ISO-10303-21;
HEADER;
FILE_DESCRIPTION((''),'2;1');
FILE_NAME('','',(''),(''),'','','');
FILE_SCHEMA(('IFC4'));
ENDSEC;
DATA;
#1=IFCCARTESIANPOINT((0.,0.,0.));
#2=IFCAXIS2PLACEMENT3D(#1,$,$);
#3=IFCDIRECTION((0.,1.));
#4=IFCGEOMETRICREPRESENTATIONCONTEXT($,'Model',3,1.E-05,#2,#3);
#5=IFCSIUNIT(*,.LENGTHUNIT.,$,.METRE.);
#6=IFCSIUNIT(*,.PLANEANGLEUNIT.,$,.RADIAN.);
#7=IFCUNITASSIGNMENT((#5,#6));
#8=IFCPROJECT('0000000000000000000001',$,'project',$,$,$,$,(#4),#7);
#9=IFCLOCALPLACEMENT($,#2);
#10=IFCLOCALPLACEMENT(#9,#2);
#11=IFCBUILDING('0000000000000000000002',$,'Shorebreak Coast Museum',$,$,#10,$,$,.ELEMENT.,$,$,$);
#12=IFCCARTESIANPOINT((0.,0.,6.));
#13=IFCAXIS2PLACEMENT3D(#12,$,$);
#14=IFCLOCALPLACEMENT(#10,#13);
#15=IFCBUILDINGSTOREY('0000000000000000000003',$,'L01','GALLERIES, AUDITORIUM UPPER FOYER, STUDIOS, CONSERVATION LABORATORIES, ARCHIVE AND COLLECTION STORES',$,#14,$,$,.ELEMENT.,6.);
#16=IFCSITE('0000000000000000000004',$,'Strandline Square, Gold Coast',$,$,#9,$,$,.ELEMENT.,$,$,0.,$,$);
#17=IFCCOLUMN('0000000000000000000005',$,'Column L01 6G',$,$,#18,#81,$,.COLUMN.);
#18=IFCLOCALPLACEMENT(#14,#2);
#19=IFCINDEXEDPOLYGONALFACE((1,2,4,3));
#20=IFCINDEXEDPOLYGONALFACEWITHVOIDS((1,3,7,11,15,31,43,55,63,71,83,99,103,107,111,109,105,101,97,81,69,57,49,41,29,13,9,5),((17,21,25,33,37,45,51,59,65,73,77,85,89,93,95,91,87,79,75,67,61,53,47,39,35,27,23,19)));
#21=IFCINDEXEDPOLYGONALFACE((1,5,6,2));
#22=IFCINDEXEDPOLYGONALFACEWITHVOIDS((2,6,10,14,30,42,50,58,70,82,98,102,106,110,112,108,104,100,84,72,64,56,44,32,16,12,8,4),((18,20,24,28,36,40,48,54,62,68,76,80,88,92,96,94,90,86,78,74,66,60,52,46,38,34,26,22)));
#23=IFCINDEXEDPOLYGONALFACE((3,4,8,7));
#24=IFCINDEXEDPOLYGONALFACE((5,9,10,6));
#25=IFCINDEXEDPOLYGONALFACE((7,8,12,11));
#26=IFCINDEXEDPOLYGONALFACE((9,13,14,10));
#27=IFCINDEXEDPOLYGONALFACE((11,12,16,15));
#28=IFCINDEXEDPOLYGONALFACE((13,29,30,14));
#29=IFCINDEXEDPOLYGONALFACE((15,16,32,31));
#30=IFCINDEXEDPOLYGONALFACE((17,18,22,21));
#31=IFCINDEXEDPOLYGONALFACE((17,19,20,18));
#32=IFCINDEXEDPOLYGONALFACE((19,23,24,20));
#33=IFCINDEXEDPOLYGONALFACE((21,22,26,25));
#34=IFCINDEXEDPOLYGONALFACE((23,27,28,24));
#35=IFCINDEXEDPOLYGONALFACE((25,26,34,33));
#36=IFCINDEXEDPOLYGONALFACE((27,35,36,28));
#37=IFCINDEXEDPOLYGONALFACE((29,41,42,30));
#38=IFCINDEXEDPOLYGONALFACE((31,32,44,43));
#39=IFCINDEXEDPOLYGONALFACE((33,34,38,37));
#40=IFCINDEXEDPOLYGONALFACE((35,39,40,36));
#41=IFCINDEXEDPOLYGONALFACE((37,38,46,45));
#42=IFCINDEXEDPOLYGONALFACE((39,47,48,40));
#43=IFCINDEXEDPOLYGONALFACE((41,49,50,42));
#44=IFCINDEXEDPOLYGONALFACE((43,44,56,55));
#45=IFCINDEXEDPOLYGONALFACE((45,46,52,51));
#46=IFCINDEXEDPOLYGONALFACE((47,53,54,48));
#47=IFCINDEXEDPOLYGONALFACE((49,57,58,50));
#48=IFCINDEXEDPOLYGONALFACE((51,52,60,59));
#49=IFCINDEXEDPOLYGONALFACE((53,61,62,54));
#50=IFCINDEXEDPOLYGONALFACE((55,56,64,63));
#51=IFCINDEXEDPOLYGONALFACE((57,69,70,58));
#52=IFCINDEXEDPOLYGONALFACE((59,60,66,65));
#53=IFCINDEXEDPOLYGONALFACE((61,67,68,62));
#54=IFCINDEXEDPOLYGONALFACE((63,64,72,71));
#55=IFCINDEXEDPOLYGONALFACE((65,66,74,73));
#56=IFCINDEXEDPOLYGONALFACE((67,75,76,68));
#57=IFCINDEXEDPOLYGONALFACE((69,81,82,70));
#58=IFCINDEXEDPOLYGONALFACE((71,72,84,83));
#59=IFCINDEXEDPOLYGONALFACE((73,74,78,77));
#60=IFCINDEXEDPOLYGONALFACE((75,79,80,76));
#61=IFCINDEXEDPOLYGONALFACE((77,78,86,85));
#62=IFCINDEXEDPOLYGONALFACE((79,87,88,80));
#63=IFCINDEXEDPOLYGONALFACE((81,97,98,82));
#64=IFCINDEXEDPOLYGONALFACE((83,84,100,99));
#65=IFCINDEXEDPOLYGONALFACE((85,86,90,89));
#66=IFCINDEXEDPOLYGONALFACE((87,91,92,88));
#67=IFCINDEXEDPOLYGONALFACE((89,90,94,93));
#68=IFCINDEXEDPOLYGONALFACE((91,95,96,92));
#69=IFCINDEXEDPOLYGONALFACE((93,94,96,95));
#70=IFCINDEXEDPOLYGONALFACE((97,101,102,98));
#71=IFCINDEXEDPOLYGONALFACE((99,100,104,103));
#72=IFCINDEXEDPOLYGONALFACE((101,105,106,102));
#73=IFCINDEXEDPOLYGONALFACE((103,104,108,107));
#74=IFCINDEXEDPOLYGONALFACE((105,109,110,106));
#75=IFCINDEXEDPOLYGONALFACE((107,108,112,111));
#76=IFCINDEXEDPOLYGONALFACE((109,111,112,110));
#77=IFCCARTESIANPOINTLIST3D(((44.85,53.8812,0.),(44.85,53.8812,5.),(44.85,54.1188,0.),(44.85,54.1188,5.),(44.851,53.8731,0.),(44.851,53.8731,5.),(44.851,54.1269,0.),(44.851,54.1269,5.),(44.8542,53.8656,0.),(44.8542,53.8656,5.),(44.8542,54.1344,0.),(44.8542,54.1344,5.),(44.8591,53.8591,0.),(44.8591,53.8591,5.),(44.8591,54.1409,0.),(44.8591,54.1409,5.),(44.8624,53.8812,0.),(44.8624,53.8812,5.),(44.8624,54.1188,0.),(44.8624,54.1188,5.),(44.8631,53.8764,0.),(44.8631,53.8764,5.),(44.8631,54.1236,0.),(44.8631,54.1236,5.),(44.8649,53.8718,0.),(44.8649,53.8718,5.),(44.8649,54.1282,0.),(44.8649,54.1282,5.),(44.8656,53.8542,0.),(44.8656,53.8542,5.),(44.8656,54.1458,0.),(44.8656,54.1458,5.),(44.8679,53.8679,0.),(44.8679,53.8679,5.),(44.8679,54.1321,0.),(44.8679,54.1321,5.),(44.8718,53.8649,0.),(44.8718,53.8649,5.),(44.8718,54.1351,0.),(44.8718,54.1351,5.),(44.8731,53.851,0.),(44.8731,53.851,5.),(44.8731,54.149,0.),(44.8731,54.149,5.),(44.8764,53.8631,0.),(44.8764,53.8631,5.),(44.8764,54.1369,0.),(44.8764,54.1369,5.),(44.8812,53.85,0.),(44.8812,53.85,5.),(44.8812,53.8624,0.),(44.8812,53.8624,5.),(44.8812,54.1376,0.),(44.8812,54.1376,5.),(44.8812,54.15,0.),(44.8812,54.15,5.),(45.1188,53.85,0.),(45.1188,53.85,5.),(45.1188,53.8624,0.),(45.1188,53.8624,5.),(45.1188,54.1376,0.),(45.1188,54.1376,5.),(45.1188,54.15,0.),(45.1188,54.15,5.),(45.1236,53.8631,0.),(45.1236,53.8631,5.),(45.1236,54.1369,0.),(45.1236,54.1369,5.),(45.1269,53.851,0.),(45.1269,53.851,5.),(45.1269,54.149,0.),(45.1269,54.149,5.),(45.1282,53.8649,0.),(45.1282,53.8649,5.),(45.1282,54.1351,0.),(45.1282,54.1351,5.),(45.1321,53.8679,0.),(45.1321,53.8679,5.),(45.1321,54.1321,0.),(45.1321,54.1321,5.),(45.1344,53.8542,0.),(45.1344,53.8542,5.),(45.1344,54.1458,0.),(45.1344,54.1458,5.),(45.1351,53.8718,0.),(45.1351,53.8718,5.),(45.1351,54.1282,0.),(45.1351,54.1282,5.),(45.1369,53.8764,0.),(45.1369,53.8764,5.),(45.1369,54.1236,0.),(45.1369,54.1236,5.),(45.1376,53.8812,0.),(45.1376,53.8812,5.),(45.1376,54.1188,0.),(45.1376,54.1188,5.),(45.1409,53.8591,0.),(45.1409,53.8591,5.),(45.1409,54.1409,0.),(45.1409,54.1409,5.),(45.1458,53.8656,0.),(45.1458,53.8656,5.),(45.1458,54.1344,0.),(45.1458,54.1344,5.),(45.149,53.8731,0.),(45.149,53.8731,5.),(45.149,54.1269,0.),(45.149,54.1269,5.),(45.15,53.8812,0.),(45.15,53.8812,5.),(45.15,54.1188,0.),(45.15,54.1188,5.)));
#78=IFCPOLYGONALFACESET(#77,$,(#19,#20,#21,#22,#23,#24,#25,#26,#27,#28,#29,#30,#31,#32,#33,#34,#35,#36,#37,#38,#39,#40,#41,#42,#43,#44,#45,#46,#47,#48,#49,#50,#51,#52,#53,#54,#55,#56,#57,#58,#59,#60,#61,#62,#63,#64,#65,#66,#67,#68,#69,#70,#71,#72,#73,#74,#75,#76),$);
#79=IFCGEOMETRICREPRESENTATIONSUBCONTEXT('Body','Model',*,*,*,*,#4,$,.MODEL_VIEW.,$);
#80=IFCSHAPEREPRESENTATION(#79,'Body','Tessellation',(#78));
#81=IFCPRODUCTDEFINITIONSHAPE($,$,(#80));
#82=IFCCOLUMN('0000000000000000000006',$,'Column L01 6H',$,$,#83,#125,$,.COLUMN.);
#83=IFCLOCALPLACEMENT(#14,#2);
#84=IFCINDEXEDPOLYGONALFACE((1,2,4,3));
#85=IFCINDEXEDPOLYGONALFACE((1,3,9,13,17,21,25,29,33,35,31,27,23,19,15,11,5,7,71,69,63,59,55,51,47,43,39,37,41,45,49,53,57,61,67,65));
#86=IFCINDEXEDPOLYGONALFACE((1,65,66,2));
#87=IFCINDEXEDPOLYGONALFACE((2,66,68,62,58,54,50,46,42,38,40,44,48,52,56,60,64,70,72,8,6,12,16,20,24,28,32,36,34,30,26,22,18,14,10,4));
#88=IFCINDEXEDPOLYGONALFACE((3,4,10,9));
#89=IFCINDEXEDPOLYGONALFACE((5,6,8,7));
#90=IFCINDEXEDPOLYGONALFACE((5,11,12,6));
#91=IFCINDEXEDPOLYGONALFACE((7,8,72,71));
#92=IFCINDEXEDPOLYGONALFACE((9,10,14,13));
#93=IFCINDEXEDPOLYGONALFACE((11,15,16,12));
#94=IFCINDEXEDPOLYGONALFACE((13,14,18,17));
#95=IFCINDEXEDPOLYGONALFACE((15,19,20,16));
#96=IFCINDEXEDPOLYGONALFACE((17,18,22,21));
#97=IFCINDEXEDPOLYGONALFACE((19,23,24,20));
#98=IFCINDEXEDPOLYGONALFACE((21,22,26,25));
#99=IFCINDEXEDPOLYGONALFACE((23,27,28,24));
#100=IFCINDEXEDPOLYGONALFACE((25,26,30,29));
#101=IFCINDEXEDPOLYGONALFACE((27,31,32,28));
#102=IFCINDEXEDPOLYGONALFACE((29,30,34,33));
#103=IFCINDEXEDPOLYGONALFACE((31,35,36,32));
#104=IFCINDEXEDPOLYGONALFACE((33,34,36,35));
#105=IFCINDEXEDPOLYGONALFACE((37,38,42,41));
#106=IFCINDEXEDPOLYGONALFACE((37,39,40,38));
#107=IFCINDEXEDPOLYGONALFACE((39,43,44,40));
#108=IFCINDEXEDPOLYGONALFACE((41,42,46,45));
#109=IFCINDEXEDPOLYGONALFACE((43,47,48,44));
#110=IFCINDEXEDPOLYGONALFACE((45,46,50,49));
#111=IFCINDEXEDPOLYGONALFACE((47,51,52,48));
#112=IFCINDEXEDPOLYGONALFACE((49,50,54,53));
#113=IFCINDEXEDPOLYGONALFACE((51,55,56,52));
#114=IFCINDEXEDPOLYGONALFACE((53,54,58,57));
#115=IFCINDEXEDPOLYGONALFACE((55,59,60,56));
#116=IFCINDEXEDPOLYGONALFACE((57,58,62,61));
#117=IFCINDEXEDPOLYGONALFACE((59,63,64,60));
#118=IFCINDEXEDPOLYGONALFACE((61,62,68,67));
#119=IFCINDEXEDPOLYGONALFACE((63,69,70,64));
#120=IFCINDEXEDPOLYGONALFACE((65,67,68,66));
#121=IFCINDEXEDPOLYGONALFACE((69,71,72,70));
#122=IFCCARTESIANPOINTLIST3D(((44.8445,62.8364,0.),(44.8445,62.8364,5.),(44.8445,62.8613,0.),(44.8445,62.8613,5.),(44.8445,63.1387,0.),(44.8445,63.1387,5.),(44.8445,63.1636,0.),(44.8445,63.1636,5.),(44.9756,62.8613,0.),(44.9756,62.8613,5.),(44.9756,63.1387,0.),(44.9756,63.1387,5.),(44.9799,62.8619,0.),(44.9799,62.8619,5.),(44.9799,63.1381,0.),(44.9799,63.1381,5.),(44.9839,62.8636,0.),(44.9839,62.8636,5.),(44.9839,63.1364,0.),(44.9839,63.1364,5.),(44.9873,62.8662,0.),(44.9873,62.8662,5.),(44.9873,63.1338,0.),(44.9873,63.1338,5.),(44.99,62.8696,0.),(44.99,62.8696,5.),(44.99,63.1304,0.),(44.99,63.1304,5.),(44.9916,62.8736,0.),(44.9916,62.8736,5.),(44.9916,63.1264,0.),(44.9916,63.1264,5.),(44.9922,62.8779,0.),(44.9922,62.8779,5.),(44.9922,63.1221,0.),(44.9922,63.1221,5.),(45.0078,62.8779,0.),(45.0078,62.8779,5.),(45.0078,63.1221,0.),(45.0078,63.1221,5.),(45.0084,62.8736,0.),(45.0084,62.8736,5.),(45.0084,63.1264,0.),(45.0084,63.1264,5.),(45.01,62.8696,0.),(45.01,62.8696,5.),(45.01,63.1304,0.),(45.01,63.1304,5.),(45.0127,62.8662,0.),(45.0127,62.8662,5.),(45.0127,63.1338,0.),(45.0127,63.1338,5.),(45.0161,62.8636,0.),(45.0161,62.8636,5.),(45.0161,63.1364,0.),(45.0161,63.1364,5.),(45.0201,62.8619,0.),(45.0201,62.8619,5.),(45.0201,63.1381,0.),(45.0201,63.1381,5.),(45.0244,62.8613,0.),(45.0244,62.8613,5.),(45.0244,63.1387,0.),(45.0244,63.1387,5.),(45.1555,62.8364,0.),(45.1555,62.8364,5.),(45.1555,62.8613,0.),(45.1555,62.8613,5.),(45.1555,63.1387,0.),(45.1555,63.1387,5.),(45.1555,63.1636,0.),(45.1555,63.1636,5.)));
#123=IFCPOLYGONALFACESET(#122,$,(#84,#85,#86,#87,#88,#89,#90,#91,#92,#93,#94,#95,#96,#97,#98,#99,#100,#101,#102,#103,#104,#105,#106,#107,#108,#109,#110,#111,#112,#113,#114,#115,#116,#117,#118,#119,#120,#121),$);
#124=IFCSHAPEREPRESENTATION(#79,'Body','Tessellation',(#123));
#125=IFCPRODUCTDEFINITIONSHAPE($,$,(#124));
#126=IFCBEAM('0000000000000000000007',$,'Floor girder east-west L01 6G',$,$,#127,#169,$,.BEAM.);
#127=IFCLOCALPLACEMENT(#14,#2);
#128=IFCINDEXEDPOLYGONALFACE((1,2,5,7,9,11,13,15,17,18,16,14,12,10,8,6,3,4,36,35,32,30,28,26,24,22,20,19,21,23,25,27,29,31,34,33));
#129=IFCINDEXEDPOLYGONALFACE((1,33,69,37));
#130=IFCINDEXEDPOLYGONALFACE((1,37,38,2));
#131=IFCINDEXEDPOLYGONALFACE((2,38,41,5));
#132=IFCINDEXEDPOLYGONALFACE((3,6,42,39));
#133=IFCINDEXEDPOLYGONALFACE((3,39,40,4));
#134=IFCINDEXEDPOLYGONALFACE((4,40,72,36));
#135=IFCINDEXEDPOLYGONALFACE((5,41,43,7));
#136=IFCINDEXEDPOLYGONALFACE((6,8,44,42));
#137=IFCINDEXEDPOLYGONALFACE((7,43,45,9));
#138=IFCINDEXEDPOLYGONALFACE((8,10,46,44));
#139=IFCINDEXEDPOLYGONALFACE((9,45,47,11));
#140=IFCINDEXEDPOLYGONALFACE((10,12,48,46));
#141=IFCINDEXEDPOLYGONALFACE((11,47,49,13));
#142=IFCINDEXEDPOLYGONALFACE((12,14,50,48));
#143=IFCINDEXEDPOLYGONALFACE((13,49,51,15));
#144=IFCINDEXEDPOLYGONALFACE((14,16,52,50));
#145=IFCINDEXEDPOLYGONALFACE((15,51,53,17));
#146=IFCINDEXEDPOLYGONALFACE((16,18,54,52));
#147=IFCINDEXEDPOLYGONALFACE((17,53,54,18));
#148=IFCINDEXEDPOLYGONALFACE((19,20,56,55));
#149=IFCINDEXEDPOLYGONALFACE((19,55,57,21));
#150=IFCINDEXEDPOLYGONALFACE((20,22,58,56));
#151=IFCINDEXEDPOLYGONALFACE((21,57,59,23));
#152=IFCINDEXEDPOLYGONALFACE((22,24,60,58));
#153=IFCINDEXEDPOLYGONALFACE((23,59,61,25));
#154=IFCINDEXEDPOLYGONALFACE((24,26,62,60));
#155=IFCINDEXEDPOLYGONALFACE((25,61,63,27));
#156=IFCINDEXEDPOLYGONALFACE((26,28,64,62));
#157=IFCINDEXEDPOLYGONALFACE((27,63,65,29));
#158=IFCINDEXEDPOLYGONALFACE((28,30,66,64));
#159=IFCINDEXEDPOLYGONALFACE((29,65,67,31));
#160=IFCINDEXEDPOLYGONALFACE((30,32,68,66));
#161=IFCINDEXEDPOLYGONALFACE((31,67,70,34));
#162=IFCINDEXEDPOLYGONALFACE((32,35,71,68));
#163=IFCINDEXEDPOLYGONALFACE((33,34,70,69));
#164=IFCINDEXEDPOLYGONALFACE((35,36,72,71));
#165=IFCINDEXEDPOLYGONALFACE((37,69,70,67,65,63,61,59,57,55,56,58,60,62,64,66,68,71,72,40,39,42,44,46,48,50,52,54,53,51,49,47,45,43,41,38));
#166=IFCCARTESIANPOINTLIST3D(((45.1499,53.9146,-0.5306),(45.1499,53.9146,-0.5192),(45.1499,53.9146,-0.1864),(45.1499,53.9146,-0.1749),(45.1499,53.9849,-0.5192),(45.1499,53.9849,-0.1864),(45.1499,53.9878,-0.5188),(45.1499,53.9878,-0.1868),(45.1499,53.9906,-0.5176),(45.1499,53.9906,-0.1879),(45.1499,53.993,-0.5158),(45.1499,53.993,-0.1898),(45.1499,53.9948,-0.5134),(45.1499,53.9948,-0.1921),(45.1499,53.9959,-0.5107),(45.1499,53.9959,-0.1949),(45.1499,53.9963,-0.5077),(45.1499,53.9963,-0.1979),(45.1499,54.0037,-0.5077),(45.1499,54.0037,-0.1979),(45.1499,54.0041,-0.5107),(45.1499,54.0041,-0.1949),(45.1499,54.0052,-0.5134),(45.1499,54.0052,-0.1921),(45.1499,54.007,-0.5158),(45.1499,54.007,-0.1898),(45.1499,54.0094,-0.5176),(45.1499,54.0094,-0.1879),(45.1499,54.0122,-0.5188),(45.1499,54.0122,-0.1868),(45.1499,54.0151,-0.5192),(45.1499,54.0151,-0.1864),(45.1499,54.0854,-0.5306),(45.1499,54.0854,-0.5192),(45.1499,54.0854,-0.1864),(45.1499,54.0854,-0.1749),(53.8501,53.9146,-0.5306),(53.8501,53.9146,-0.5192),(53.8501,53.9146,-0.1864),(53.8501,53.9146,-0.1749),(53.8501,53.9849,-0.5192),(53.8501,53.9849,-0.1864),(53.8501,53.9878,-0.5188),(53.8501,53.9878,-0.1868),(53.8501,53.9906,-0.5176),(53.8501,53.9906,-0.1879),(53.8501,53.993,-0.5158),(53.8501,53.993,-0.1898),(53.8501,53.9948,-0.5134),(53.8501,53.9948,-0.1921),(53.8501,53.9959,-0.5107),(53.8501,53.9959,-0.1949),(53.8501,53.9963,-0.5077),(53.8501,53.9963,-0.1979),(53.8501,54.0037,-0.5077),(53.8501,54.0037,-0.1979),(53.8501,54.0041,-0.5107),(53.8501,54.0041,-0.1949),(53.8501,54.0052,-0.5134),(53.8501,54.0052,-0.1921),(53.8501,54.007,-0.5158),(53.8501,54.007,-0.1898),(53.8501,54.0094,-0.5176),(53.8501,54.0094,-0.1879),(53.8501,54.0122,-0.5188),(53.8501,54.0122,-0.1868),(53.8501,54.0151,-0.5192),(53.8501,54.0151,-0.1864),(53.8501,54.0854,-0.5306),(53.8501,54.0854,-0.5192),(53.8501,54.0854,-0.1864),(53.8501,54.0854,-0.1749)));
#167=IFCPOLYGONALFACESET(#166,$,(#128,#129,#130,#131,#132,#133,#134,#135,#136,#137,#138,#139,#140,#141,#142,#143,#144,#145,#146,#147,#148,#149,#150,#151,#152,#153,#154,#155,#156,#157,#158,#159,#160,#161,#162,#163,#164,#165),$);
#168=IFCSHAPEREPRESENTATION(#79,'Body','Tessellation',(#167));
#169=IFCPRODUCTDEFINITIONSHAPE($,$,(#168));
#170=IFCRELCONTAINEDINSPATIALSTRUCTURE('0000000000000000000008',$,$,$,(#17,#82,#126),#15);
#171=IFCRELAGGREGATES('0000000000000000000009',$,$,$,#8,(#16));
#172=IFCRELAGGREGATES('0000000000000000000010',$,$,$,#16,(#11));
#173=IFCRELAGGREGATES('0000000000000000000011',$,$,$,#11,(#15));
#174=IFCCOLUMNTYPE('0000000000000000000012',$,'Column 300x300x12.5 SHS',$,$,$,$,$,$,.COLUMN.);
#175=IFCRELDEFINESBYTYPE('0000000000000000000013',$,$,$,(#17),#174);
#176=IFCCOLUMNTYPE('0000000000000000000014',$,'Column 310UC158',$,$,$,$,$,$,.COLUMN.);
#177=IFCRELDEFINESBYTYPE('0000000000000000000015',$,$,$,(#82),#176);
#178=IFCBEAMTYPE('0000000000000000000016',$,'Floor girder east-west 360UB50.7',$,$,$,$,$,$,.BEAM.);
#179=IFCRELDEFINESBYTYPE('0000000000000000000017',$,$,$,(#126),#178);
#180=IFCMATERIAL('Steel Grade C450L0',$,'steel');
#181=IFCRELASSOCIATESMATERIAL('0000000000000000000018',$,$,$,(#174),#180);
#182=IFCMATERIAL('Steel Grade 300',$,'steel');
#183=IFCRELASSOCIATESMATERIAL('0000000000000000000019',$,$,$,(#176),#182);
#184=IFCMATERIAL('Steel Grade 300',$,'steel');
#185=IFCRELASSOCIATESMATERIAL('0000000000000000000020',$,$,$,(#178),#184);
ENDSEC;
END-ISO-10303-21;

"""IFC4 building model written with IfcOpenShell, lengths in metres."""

from ifc_helpers import new_model, si_unit, direction, frame, origin, origin_2d, place, context, subcontext, project, spatial, hollow_rectangle, i_section, extrude, material, material_profile, profile_set, type_object, element, save


model = new_model("IFC4")

# Units and contexts
model_context = context("Model", 3, precision=1e-05, world=origin(), true_north=direction((0.0, 1.0)))
body_context = subcontext(model_context, "Body", "Model", "MODEL_VIEW")
ifc_project = project(units=[si_unit("LENGTHUNIT", "METRE"), si_unit("PLANEANGLEUNIT", "RADIAN")], contexts=[model_context])

# Site, building, storey
site_placement = place(None, origin())
site = spatial("IfcSite", under=ifc_project, at=site_placement, Name="Strandline Square, Gold Coast", CompositionType="ELEMENT", RefElevation=0.0)
building_placement = place(site_placement, origin())
building = spatial("IfcBuilding", under=site, at=building_placement, Name="Shorebreak Coast Museum", CompositionType="ELEMENT")
storey_placement = place(building_placement, frame((0.0, 0.0, 6.0)))
storey = spatial("IfcBuildingStorey", under=building, at=storey_placement, Name="L01", Description="GALLERIES, AUDITORIUM UPPER FOYER, STUDIOS, CONSERVATION LABORATORIES, ARCHIVE AND COLLECTION STORES", CompositionType="ELEMENT", Elevation=6.0)

# Columns
ifc_material_1 = material(Name="Steel Grade C450L0", Category="steel")
ifc_material_profile_1 = material_profile(ifc_material_1, hollow_rectangle(XDim=0.3, YDim=0.3, WallThickness=0.0125, InnerFilletRadius=0.0188, OuterFilletRadius=0.0312, at=origin_2d()), Name="300x300x12.5 SHS")
ifc_profile_set_1 = profile_set([ifc_material_profile_1], Name="Steel Grade C450L0")
column_type_1 = type_object("IfcColumnType", Name="Column 300x300x12.5 SHS", PredefinedType="COLUMN", material=ifc_profile_set_1)
column_1_placement = place(storey_placement, frame((45.0, 54.0, 0.0), z_axis=(0.0, 0.0, 1.0), x_axis=(1.0, 0.0, 0.0)))
element("IfcColumn", 1, at=column_1_placement, inside=storey, type_object=column_type_1, Name="Column L01 6G", PredefinedType="COLUMN", context=body_context, shape_type="SweptSolid", body=[
    extrude(hollow_rectangle(XDim=0.3, YDim=0.3, WallThickness=0.0125, InnerFilletRadius=0.0188, OuterFilletRadius=0.0312, at=origin_2d()), origin(), (0.0, 0.0, 1.0), 5.0),
])
ifc_material_2 = material(Name="Steel Grade 300", Category="steel")
ifc_material_profile_2 = material_profile(ifc_material_2, i_section(OverallWidth=0.311, OverallDepth=0.3271, WebThickness=0.0156, FlangeThickness=0.0249, FilletRadius=0.0166, at=origin_2d()), Name="310UC158")
ifc_profile_set_2 = profile_set([ifc_material_profile_2], Name="Steel Grade 300")
column_type_2 = type_object("IfcColumnType", Name="Column 310UC158", PredefinedType="COLUMN", material=ifc_profile_set_2)
column_2_placement = place(storey_placement, frame((45.0, 63.0, 0.0), z_axis=(0.0, 0.0, 1.0), x_axis=(1.0, 0.0, 0.0)))
element("IfcColumn", 2, at=column_2_placement, inside=storey, type_object=column_type_2, Name="Column L01 6H", PredefinedType="COLUMN", context=body_context, shape_type="SweptSolid", body=[
    extrude(i_section(OverallWidth=0.311, OverallDepth=0.3271, WebThickness=0.0156, FlangeThickness=0.0249, FilletRadius=0.0166, at=origin_2d()), origin(), (0.0, 0.0, 1.0), 5.0),
])

# Beam
ifc_material_3 = material(Name="Steel Grade 300", Category="steel")
ifc_material_profile_3 = material_profile(ifc_material_3, i_section(OverallWidth=0.1709, OverallDepth=0.3557, WebThickness=0.0073, FlangeThickness=0.0115, FilletRadius=0.0115, at=origin_2d()), Name="360UB50.7")
ifc_profile_set_3 = profile_set([ifc_material_profile_3], Name="Steel Grade 300")
beam_type_1 = type_object("IfcBeamType", Name="Floor girder east-west 360UB50.7", PredefinedType="BEAM", material=ifc_profile_set_3)
beam_1_placement = place(storey_placement, frame((45.1499, 54.0, -0.3528), z_axis=(1.0, 0.0, 0.0), x_axis=(0.0, 1.0, 0.0)))
element("IfcBeam", 3, at=beam_1_placement, inside=storey, type_object=beam_type_1, Name="Floor girder east-west L01 6G", PredefinedType="BEAM", context=body_context, shape_type="SweptSolid", body=[
    extrude(i_section(OverallWidth=0.1709, OverallDepth=0.3557, WebThickness=0.0073, FlangeThickness=0.0115, FilletRadius=0.0115, at=origin_2d()), origin(), (0.0, 0.0, 1.0), 8.7002),
])

save(model, "model.ifc")
